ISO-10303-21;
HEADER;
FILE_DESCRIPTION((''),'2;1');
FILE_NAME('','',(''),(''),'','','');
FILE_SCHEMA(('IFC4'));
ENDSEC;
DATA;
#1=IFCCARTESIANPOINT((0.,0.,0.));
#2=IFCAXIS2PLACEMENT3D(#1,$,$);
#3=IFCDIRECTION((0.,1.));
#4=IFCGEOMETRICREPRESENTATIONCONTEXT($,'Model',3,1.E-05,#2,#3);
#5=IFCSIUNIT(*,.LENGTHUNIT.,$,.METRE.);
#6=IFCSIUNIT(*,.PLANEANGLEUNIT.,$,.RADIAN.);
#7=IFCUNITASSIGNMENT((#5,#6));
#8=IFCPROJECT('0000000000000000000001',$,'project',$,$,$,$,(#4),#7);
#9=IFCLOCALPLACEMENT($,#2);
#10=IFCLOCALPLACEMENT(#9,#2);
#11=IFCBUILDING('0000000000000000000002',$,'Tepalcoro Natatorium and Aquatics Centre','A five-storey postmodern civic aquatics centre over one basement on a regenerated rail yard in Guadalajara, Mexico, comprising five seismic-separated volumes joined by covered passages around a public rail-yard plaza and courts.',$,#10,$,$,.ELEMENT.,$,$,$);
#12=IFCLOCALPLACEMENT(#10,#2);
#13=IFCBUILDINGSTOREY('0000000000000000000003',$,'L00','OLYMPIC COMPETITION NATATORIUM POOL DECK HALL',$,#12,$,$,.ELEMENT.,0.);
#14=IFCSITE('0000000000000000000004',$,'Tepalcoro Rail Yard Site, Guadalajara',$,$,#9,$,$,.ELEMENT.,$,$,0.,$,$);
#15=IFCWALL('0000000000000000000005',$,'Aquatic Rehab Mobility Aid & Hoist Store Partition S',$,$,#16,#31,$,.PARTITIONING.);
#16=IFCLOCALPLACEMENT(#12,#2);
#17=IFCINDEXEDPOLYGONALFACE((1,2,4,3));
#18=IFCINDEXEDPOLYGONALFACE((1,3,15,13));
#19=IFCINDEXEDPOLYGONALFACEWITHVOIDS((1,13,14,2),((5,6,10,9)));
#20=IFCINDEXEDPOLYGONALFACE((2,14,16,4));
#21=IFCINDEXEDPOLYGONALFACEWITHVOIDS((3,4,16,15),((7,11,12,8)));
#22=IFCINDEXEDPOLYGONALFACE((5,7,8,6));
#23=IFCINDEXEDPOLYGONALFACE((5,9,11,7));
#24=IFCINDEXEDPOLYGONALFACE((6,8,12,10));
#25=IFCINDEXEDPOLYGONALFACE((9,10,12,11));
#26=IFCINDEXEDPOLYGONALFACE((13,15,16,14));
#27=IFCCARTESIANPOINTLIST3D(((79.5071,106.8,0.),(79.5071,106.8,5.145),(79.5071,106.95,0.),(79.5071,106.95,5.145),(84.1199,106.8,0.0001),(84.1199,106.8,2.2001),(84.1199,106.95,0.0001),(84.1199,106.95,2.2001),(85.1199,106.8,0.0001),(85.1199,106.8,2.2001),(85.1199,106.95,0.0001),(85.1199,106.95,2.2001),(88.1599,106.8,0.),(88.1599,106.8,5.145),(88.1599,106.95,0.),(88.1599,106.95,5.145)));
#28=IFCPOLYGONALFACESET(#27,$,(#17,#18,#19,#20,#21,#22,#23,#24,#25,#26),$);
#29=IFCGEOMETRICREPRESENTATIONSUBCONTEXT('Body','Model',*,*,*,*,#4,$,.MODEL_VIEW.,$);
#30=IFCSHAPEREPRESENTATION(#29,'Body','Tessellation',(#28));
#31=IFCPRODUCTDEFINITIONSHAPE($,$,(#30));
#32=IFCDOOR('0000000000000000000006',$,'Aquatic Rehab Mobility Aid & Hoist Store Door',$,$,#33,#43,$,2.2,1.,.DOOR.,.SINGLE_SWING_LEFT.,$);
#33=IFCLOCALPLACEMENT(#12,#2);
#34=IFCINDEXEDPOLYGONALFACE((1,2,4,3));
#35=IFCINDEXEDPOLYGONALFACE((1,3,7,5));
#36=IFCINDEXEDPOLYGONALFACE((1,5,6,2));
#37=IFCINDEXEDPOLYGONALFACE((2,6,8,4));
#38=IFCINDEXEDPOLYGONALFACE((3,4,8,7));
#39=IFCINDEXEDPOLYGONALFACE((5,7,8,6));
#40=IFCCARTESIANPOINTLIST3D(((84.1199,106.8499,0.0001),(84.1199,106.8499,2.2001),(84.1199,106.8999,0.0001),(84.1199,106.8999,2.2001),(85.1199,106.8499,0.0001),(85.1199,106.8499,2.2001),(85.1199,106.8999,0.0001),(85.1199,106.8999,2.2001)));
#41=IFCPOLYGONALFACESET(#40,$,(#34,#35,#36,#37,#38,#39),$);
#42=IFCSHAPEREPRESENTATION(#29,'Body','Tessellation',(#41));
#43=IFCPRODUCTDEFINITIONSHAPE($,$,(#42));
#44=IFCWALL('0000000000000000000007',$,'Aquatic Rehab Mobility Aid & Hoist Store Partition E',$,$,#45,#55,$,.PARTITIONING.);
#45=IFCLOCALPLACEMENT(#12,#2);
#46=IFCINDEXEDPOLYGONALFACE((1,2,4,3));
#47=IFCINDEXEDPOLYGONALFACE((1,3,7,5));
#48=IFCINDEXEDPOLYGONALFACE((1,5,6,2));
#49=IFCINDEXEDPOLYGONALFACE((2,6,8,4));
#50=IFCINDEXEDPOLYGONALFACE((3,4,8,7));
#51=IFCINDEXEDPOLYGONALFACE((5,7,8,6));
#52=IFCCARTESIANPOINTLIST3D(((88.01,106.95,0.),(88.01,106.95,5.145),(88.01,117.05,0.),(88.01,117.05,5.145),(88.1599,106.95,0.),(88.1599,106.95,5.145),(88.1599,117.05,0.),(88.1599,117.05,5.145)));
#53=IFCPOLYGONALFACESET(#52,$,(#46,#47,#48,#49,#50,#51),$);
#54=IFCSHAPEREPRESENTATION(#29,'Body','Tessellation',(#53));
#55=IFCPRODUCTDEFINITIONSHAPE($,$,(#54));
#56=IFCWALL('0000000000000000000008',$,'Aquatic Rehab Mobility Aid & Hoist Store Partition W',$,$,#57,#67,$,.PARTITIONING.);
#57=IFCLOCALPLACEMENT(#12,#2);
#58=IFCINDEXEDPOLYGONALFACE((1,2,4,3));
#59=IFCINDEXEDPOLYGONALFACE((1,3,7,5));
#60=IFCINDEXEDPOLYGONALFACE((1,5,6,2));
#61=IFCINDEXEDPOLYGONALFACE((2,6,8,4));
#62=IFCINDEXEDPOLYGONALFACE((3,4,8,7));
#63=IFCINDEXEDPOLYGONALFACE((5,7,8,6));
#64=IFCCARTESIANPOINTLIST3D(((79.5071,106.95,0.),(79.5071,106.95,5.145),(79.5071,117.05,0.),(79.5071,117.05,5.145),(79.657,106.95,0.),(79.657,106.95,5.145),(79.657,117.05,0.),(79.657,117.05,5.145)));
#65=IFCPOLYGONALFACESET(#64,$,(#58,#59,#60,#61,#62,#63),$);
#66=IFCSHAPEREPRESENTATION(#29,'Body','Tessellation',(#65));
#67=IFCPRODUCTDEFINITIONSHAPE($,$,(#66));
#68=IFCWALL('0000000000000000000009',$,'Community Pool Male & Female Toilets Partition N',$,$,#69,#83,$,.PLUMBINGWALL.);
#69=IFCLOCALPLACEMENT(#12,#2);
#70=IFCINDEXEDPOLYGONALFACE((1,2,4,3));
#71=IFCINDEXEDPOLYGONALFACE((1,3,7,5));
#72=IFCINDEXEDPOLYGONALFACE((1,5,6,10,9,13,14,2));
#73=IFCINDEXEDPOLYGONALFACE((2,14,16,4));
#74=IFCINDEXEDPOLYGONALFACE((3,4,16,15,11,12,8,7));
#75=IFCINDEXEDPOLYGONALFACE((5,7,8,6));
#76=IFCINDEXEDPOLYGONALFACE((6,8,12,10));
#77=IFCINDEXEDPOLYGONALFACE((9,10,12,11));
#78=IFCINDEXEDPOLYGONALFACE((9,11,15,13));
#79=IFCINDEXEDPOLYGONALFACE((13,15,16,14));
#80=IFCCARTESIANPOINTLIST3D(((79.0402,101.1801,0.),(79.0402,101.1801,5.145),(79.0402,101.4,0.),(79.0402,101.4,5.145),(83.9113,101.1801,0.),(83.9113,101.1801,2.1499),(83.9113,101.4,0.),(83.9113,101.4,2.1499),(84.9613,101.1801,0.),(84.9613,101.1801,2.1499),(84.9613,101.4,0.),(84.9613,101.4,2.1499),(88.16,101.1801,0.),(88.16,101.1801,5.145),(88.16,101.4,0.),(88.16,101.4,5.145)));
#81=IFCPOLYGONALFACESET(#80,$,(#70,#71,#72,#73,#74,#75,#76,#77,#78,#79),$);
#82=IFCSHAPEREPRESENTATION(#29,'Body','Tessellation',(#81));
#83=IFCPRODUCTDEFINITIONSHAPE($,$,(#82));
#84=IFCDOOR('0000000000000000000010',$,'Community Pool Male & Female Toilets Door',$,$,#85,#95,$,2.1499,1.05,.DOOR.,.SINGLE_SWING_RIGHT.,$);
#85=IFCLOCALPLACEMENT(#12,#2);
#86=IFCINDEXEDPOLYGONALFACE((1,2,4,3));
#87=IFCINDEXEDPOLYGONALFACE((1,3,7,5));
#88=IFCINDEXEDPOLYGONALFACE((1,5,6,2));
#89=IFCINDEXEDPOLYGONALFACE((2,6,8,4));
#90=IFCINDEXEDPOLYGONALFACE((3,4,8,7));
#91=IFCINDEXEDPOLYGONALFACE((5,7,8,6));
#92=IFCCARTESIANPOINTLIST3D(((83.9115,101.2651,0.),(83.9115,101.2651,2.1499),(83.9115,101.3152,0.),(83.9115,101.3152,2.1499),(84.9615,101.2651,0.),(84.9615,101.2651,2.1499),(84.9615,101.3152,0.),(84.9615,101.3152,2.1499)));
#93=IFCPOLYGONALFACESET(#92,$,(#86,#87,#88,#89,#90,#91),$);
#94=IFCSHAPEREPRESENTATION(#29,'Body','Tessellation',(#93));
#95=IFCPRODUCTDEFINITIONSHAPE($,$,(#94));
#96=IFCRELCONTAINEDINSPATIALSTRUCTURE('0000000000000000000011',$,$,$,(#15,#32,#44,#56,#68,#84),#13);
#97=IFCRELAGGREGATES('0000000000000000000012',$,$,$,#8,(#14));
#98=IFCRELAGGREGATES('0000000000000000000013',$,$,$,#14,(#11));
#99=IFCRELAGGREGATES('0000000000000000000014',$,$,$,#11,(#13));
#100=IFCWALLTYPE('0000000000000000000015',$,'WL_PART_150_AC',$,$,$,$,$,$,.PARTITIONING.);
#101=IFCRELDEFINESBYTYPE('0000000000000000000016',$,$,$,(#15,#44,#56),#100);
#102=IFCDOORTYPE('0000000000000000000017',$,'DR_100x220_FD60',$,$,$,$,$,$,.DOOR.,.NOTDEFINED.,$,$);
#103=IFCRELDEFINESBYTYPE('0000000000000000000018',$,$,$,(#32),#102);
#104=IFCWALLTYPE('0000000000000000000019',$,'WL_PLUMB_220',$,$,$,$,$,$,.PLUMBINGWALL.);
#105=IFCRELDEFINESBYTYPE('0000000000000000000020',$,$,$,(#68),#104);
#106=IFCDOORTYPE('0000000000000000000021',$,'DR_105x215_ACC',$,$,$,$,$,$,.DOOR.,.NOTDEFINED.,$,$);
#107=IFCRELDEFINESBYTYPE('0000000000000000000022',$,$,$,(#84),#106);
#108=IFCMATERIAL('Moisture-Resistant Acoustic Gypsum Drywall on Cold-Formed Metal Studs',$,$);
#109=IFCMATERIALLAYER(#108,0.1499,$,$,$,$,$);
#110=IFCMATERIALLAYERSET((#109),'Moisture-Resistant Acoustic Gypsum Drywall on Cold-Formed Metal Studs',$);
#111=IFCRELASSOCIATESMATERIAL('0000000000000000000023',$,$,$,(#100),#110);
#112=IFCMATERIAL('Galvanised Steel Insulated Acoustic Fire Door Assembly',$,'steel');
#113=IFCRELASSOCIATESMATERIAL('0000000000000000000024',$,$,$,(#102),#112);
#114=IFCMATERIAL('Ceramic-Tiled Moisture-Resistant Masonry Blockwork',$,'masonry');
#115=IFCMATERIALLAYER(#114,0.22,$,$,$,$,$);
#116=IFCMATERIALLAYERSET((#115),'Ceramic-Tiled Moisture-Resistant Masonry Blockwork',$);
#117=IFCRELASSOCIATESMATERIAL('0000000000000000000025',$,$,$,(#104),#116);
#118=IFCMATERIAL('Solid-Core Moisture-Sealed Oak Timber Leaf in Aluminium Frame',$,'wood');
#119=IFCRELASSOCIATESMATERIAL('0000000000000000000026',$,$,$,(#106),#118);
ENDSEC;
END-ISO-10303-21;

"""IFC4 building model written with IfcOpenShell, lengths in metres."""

from ifc_helpers import new_model, si_unit, direction, frame, frame_2d, origin, place, context, subcontext, project, spatial, rectangle, extrude, material, layer, layer_set, type_object, element, fill, save


model = new_model("IFC4")

# Units and contexts
model_context = context("Model", 3, precision=1e-05, world=origin(), true_north=direction((0.0, 1.0)))
body_context = subcontext(model_context, "Body", "Model", "MODEL_VIEW")
ifc_project = project(units=[si_unit("LENGTHUNIT", "METRE"), si_unit("PLANEANGLEUNIT", "RADIAN")], contexts=[model_context])

# Site, building, storey
site_placement = place(None, origin())
site = spatial("IfcSite", under=ifc_project, at=site_placement, Name="Tepalcoro Rail Yard Site, Guadalajara", CompositionType="ELEMENT", RefElevation=0.0)
building_placement = place(site_placement, origin())
building = spatial("IfcBuilding", under=site, at=building_placement, Name="Tepalcoro Natatorium and Aquatics Centre", Description="A five-storey postmodern civic aquatics centre over one basement on a regenerated rail yard in Guadalajara, Mexico, comprising five seismic-separated volumes joined by covered passages around a public rail-yard plaza and courts.", CompositionType="ELEMENT")
storey_placement = place(building_placement, origin())
storey = spatial("IfcBuildingStorey", under=building, at=storey_placement, Name="L00", Description="OLYMPIC COMPETITION NATATORIUM POOL DECK HALL", CompositionType="ELEMENT", Elevation=0.0)

# Wall, opening, door
ifc_material_1 = material(Name="Moisture-Resistant Acoustic Gypsum Drywall on Cold-Formed Metal Studs")
ifc_layer_1 = layer(ifc_material_1, 0.1499)
ifc_layer_set_1 = layer_set([ifc_layer_1], Name="Moisture-Resistant Acoustic Gypsum Drywall on Cold-Formed Metal Studs")
wall_type_1 = type_object("IfcWallType", Name="WL_PART_150_AC", PredefinedType="PARTITIONING", material=ifc_layer_set_1)
wall_1_placement = place(storey_placement, frame((79.5071, 106.875, 0.0), z_axis=(0.0, 0.0, 1.0), x_axis=(1.0, 0.0, 0.0)))
wall_1 = element("IfcWall", 1, at=wall_1_placement, inside=storey, type_object=wall_type_1, Name="Aquatic Rehab Mobility Aid & Hoist Store Partition S", PredefinedType="PARTITIONING", context=body_context, shape_type="SweptSolid", body=[
    extrude(rectangle(XDim=8.6528, YDim=0.1499, at=frame_2d((4.3264, 0.0))), origin(), (0.0, 0.0, 1.0), 5.145),
])
opening_1_placement = place(wall_1_placement, frame((4.6128, 0.0, 0.0)))
opening_1 = element("IfcOpeningElement", 2, at=opening_1_placement, cuts=wall_1, PredefinedType="OPENING", context=body_context, shape_type="SweptSolid", body=[
    extrude(rectangle(XDim=1.0, YDim=2.2, at=frame_2d((0.5, 1.1001))), frame((0.0, 0.0869, 0.0), z_axis=(0.0, -1.0, 0.0), x_axis=(1.0, 0.0, 0.0)), (0.0, 0.0, 1.0), 0.1738),
])
ifc_material_2 = material(Name="Galvanised Steel Insulated Acoustic Fire Door Assembly", Category="steel")
door_type_1 = type_object("IfcDoorType", Name="DR_100x220_FD60", OperationType="NOTDEFINED", PredefinedType="DOOR", material=ifc_material_2)
door_1_placement = place(opening_1_placement, origin())
door_1 = element("IfcDoor", 3, at=door_1_placement, inside=storey, type_object=door_type_1, Name="Aquatic Rehab Mobility Aid & Hoist Store Door", OperationType="SINGLE_SWING_LEFT", OverallHeight=2.2, OverallWidth=1.0, PredefinedType="DOOR", context=body_context, shape_type="SweptSolid", body=[
    extrude(rectangle(XDim=1.0, YDim=2.2, at=frame_2d((0.5, 1.1001))), frame((0.0, 0.0249, 0.0), z_axis=(0.0, -1.0, 0.0), x_axis=(1.0, 0.0, 0.0)), (0.0, 0.0, 1.0), 0.05),
])
fill(opening_1, door_1)

# Walls
for number, where, z_axis, x_axis, name in (
    (4, (88.085, 106.95, 0.0), (0.0, 0.0, 1.0), (0.0, 1.0, 0.0), "Aquatic Rehab Mobility Aid & Hoist Store Partition E"),
    (5, (79.582, 106.95, 0.0), (0.0, 0.0, 1.0), (0.0, 1.0, 0.0), "Aquatic Rehab Mobility Aid & Hoist Store Partition W"),
):
    element("IfcWall", number, at=place(storey_placement, frame(where, z_axis=z_axis, x_axis=x_axis)), inside=storey, type_object=wall_type_1, Name=name, PredefinedType="PARTITIONING", context=body_context, shape_type="SweptSolid", body=[
        extrude(rectangle(XDim=10.1001, YDim=0.1499, at=frame_2d((5.05, 0.0))), origin(), (0.0, 0.0, 1.0), 5.145),
    ])

# Wall, opening, door
ifc_material_3 = material(Name="Ceramic-Tiled Moisture-Resistant Masonry Blockwork", Category="masonry")
ifc_layer_2 = layer(ifc_material_3, 0.22)
ifc_layer_set_2 = layer_set([ifc_layer_2], Name="Ceramic-Tiled Moisture-Resistant Masonry Blockwork")
wall_type_2 = type_object("IfcWallType", Name="WL_PLUMB_220", PredefinedType="PLUMBINGWALL", material=ifc_layer_set_2)
wall_2_placement = place(storey_placement, frame((79.04, 101.29, 0.0), z_axis=(0.0, 0.0, 1.0), x_axis=(1.0, 0.0, 0.0)))
wall_2 = element("IfcWall", 6, at=wall_2_placement, inside=storey, type_object=wall_type_2, Name="Community Pool Male & Female Toilets Partition N", PredefinedType="PLUMBINGWALL", context=body_context, shape_type="SweptSolid", body=[
    extrude(rectangle(XDim=9.1199, YDim=0.22, at=frame_2d((4.5601, 0.0))), origin(), (0.0, 0.0, 1.0), 5.145),
])
opening_2_placement = place(wall_2_placement, frame((4.8713, 0.0, 0.0)))
opening_2 = element("IfcOpeningElement", 7, at=opening_2_placement, cuts=wall_2, PredefinedType="OPENING", context=body_context, shape_type="SweptSolid", body=[
    extrude(rectangle(XDim=1.05, YDim=2.1499, at=frame_2d((0.5249, 1.075))), frame((0.0, 0.1221, 0.0), z_axis=(0.0, -1.0, 0.0), x_axis=(1.0, 0.0, 0.0)), (0.0, 0.0, 1.0), 0.2439),
])
ifc_material_4 = material(Name="Solid-Core Moisture-Sealed Oak Timber Leaf in Aluminium Frame", Category="wood")
door_type_2 = type_object("IfcDoorType", Name="DR_105x215_ACC", OperationType="NOTDEFINED", PredefinedType="DOOR", material=ifc_material_4)
door_2_placement = place(opening_2_placement, frame((1.05, 0.0, 0.0), z_axis=(0.0, 0.0, 1.0), x_axis=(-1.0, 0.0, 0.0)))
door_2 = element("IfcDoor", 8, at=door_2_placement, inside=storey, type_object=door_type_2, Name="Community Pool Male & Female Toilets Door", OperationType="SINGLE_SWING_RIGHT", OverallHeight=2.1499, OverallWidth=1.05, PredefinedType="DOOR", context=body_context, shape_type="SweptSolid", body=[
    extrude(rectangle(XDim=1.05, YDim=2.1499, at=frame_2d((0.5249, 1.075))), frame((0.0, 0.0249, 0.0), z_axis=(0.0, -1.0, 0.0), x_axis=(1.0, 0.0, 0.0)), (0.0, 0.0, 1.0), 0.05),
])
fill(opening_2, door_2)

save(model, "model.ifc")
